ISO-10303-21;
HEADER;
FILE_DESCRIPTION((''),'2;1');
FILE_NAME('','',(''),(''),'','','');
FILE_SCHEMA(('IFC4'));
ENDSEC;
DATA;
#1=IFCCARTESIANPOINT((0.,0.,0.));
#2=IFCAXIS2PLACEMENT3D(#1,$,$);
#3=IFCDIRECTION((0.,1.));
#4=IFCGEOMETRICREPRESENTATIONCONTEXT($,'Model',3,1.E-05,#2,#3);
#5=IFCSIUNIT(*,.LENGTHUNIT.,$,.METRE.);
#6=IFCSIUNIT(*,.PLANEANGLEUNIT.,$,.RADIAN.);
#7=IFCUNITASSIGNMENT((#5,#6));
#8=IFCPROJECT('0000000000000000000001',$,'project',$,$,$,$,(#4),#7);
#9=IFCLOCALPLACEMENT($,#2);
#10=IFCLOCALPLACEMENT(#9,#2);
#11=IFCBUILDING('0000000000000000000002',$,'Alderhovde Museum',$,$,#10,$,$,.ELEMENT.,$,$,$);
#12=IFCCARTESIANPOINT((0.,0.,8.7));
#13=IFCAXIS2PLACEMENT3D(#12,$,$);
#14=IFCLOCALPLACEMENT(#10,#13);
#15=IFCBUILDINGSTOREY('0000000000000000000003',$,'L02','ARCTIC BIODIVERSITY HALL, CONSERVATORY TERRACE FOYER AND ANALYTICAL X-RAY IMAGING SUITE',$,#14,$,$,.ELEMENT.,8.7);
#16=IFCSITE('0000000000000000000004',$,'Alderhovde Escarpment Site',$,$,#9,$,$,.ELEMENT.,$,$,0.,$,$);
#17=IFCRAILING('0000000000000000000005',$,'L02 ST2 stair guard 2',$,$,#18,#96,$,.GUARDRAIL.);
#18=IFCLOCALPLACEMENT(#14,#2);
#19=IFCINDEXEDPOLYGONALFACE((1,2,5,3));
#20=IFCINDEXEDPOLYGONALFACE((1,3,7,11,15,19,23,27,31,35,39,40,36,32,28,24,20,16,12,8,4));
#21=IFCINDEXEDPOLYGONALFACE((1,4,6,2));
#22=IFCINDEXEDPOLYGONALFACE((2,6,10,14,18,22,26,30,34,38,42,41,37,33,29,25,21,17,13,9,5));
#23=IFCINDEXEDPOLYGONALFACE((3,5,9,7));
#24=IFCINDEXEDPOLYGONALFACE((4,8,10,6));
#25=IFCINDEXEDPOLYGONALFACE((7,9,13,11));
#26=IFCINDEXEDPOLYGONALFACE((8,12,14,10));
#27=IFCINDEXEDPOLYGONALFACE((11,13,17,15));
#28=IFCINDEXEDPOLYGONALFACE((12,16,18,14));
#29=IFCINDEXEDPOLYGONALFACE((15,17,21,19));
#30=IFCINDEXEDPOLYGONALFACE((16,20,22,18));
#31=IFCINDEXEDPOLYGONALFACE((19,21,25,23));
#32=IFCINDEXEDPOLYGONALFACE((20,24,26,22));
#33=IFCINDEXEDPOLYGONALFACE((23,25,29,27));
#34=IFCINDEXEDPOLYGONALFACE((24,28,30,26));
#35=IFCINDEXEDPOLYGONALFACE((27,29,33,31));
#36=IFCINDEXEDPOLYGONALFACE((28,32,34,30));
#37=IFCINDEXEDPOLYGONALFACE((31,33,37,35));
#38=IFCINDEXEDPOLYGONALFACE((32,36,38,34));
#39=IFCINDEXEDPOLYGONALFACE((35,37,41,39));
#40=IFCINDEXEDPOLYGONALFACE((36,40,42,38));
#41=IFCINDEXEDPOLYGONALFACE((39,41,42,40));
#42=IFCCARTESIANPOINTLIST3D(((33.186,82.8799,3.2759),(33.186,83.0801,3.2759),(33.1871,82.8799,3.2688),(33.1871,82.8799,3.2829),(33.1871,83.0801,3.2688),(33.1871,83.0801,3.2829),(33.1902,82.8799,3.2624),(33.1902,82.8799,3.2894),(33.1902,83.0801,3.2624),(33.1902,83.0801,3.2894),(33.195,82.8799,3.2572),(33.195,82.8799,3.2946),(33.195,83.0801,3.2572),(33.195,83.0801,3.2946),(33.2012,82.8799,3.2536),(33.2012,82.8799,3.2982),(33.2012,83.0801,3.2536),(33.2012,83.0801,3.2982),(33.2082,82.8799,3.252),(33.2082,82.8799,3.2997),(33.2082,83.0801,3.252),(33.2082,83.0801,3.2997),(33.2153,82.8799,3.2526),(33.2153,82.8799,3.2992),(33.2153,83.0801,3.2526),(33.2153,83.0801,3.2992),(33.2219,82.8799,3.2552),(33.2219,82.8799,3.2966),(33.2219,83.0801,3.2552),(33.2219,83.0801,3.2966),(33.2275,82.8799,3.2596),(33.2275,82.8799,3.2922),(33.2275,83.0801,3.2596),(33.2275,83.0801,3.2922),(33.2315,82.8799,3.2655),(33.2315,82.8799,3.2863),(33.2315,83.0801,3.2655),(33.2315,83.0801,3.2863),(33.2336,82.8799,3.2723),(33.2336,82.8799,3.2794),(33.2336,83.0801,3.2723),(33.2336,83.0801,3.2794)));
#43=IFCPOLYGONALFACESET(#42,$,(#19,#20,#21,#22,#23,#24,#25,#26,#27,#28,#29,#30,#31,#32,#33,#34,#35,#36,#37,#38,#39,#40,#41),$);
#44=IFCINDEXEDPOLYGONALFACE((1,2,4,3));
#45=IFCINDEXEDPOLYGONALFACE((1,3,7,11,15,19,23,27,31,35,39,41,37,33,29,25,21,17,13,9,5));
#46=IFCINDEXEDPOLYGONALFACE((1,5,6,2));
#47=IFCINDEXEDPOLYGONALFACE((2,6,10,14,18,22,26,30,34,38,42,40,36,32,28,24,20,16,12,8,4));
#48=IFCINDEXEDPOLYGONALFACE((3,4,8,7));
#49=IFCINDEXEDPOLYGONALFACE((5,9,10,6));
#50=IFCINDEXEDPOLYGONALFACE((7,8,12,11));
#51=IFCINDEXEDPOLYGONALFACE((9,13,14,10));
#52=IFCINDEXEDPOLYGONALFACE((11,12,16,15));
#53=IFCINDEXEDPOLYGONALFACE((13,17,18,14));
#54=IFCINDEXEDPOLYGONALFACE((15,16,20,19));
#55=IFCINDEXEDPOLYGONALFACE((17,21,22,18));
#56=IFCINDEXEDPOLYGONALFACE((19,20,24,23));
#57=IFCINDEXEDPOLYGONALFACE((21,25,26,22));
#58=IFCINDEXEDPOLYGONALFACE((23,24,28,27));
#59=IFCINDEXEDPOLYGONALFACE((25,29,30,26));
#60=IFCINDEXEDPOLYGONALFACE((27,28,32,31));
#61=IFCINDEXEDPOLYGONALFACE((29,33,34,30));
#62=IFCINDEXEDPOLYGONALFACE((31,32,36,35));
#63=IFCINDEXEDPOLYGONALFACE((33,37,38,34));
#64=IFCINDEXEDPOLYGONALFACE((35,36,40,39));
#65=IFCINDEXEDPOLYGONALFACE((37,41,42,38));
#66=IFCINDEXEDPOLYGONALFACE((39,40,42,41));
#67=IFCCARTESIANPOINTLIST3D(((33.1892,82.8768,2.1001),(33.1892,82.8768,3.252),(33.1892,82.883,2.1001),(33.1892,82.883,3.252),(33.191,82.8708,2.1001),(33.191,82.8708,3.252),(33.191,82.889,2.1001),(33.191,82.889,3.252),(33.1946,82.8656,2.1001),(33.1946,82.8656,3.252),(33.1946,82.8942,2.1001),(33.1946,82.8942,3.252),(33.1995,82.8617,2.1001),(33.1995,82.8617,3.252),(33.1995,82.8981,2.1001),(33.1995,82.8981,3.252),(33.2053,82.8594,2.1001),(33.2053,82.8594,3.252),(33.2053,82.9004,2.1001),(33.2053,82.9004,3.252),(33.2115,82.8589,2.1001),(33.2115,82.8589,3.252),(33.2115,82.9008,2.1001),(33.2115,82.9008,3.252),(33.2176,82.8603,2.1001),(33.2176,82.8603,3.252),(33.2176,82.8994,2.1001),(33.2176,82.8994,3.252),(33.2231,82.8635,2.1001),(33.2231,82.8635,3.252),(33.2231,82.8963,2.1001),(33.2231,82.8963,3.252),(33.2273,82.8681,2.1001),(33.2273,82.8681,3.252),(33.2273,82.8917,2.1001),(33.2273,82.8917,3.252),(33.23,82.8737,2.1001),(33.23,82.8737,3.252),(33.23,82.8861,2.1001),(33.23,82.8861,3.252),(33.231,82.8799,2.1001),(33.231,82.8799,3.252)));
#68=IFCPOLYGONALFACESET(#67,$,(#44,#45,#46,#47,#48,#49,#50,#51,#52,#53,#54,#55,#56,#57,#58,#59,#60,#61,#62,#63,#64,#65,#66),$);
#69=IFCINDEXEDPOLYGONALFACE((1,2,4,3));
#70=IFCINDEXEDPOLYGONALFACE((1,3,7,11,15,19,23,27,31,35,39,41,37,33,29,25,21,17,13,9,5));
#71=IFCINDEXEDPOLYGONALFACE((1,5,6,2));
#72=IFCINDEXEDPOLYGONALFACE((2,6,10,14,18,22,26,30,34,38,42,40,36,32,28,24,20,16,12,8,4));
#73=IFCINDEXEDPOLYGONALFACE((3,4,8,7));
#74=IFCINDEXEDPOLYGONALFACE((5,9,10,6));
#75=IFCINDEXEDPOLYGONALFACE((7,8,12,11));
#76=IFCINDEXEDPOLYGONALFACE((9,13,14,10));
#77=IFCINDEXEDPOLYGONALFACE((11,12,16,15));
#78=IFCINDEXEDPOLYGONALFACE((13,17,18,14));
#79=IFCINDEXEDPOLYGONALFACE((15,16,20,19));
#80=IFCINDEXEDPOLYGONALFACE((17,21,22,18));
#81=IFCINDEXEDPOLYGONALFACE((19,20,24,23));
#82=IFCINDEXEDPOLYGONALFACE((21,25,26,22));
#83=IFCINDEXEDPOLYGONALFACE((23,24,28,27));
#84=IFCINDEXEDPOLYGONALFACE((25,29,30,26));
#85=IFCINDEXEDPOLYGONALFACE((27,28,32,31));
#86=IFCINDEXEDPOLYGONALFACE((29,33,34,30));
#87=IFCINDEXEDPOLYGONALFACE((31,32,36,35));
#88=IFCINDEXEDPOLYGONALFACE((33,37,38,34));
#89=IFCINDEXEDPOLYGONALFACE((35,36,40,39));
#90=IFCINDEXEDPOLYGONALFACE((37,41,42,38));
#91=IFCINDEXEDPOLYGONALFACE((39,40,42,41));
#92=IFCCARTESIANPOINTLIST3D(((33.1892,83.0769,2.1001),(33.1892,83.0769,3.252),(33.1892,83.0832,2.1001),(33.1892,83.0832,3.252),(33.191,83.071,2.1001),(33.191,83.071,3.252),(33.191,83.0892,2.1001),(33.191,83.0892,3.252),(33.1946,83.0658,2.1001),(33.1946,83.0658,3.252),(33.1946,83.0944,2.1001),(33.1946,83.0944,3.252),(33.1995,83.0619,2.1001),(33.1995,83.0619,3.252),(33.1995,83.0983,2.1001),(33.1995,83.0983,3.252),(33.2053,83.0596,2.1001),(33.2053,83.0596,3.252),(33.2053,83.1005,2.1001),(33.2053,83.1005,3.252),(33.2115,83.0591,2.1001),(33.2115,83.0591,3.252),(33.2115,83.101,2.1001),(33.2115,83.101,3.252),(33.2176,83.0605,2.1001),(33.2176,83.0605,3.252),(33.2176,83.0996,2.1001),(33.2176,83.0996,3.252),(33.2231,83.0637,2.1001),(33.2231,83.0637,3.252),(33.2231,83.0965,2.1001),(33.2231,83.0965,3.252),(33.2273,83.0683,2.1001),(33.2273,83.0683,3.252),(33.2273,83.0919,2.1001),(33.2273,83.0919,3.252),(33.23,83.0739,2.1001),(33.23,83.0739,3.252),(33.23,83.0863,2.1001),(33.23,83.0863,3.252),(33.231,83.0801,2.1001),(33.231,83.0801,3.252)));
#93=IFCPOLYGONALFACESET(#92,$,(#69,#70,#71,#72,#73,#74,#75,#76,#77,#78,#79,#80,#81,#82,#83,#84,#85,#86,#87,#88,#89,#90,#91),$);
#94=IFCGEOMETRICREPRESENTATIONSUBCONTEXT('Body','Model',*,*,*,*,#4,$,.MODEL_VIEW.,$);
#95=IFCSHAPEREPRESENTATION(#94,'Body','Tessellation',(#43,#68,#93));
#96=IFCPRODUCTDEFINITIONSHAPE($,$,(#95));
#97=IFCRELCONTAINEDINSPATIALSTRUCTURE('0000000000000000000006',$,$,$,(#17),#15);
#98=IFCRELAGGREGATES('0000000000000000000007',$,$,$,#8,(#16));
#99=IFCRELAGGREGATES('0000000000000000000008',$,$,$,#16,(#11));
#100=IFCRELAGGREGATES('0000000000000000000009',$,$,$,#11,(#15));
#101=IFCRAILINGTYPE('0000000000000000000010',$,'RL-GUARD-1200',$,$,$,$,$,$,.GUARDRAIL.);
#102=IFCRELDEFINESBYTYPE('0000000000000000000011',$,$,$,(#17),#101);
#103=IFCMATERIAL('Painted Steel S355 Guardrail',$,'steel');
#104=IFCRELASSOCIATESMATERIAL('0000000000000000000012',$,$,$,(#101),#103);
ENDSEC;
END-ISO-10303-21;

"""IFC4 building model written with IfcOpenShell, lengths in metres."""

from ifc_helpers import new_model, si_unit, direction, frame, origin, origin_2d, place, context, subcontext, project, spatial, circle, extrude, material, type_object, element, save


model = new_model("IFC4")

# Units and contexts
model_context = context("Model", 3, precision=1e-05, world=origin(), true_north=direction((0.0, 1.0)))
body_context = subcontext(model_context, "Body", "Model", "MODEL_VIEW")
ifc_project = project(units=[si_unit("LENGTHUNIT", "METRE"), si_unit("PLANEANGLEUNIT", "RADIAN")], contexts=[model_context])

# Site, building, storey
site_placement = place(None, origin())
site = spatial("IfcSite", under=ifc_project, at=site_placement, Name="Alderhovde Escarpment Site", CompositionType="ELEMENT", RefElevation=0.0)
building_placement = place(site_placement, origin())
building = spatial("IfcBuilding", under=site, at=building_placement, Name="Alderhovde Museum", CompositionType="ELEMENT")
storey_placement = place(building_placement, frame((0.0, 0.0, 8.7)))
storey = spatial("IfcBuildingStorey", under=building, at=storey_placement, Name="L02", Description="ARCTIC BIODIVERSITY HALL, CONSERVATORY TERRACE FOYER AND ANALYTICAL X-RAY IMAGING SUITE", CompositionType="ELEMENT", Elevation=8.7)

# Railing
ifc_material_1 = material(Name="Painted Steel S355 Guardrail", Category="steel")
railing_type_1 = type_object("IfcRailingType", Name="RL-GUARD-1200", PredefinedType="GUARDRAIL", material=ifc_material_1)
railing_1_placement = place(storey_placement, frame((33.21, 82.8799, 2.1001)))
element("IfcRailing", 1, at=railing_1_placement, inside=storey, type_object=railing_type_1, Name="L02 ST2 stair guard 2", PredefinedType="GUARDRAIL", context=body_context, shape_type="SweptSolid", body=[
    extrude(circle(Radius=0.0239, at=origin_2d()), frame((0.0, 0.0, 1.1758), z_axis=(0.0, 1.0, 0.0), x_axis=(-1.0, 0.0, 0.0)), (0.0, 0.0, 1.0), 0.2002),
    extrude(circle(Radius=0.021, at=origin_2d()), origin(), (0.0, 0.0, 1.0), 1.1519),
    extrude(circle(Radius=0.021, at=origin_2d()), frame((0.0, 0.2002, 0.0)), (0.0, 0.0, 1.0), 1.1519),
])

save(model, "model.ifc")
